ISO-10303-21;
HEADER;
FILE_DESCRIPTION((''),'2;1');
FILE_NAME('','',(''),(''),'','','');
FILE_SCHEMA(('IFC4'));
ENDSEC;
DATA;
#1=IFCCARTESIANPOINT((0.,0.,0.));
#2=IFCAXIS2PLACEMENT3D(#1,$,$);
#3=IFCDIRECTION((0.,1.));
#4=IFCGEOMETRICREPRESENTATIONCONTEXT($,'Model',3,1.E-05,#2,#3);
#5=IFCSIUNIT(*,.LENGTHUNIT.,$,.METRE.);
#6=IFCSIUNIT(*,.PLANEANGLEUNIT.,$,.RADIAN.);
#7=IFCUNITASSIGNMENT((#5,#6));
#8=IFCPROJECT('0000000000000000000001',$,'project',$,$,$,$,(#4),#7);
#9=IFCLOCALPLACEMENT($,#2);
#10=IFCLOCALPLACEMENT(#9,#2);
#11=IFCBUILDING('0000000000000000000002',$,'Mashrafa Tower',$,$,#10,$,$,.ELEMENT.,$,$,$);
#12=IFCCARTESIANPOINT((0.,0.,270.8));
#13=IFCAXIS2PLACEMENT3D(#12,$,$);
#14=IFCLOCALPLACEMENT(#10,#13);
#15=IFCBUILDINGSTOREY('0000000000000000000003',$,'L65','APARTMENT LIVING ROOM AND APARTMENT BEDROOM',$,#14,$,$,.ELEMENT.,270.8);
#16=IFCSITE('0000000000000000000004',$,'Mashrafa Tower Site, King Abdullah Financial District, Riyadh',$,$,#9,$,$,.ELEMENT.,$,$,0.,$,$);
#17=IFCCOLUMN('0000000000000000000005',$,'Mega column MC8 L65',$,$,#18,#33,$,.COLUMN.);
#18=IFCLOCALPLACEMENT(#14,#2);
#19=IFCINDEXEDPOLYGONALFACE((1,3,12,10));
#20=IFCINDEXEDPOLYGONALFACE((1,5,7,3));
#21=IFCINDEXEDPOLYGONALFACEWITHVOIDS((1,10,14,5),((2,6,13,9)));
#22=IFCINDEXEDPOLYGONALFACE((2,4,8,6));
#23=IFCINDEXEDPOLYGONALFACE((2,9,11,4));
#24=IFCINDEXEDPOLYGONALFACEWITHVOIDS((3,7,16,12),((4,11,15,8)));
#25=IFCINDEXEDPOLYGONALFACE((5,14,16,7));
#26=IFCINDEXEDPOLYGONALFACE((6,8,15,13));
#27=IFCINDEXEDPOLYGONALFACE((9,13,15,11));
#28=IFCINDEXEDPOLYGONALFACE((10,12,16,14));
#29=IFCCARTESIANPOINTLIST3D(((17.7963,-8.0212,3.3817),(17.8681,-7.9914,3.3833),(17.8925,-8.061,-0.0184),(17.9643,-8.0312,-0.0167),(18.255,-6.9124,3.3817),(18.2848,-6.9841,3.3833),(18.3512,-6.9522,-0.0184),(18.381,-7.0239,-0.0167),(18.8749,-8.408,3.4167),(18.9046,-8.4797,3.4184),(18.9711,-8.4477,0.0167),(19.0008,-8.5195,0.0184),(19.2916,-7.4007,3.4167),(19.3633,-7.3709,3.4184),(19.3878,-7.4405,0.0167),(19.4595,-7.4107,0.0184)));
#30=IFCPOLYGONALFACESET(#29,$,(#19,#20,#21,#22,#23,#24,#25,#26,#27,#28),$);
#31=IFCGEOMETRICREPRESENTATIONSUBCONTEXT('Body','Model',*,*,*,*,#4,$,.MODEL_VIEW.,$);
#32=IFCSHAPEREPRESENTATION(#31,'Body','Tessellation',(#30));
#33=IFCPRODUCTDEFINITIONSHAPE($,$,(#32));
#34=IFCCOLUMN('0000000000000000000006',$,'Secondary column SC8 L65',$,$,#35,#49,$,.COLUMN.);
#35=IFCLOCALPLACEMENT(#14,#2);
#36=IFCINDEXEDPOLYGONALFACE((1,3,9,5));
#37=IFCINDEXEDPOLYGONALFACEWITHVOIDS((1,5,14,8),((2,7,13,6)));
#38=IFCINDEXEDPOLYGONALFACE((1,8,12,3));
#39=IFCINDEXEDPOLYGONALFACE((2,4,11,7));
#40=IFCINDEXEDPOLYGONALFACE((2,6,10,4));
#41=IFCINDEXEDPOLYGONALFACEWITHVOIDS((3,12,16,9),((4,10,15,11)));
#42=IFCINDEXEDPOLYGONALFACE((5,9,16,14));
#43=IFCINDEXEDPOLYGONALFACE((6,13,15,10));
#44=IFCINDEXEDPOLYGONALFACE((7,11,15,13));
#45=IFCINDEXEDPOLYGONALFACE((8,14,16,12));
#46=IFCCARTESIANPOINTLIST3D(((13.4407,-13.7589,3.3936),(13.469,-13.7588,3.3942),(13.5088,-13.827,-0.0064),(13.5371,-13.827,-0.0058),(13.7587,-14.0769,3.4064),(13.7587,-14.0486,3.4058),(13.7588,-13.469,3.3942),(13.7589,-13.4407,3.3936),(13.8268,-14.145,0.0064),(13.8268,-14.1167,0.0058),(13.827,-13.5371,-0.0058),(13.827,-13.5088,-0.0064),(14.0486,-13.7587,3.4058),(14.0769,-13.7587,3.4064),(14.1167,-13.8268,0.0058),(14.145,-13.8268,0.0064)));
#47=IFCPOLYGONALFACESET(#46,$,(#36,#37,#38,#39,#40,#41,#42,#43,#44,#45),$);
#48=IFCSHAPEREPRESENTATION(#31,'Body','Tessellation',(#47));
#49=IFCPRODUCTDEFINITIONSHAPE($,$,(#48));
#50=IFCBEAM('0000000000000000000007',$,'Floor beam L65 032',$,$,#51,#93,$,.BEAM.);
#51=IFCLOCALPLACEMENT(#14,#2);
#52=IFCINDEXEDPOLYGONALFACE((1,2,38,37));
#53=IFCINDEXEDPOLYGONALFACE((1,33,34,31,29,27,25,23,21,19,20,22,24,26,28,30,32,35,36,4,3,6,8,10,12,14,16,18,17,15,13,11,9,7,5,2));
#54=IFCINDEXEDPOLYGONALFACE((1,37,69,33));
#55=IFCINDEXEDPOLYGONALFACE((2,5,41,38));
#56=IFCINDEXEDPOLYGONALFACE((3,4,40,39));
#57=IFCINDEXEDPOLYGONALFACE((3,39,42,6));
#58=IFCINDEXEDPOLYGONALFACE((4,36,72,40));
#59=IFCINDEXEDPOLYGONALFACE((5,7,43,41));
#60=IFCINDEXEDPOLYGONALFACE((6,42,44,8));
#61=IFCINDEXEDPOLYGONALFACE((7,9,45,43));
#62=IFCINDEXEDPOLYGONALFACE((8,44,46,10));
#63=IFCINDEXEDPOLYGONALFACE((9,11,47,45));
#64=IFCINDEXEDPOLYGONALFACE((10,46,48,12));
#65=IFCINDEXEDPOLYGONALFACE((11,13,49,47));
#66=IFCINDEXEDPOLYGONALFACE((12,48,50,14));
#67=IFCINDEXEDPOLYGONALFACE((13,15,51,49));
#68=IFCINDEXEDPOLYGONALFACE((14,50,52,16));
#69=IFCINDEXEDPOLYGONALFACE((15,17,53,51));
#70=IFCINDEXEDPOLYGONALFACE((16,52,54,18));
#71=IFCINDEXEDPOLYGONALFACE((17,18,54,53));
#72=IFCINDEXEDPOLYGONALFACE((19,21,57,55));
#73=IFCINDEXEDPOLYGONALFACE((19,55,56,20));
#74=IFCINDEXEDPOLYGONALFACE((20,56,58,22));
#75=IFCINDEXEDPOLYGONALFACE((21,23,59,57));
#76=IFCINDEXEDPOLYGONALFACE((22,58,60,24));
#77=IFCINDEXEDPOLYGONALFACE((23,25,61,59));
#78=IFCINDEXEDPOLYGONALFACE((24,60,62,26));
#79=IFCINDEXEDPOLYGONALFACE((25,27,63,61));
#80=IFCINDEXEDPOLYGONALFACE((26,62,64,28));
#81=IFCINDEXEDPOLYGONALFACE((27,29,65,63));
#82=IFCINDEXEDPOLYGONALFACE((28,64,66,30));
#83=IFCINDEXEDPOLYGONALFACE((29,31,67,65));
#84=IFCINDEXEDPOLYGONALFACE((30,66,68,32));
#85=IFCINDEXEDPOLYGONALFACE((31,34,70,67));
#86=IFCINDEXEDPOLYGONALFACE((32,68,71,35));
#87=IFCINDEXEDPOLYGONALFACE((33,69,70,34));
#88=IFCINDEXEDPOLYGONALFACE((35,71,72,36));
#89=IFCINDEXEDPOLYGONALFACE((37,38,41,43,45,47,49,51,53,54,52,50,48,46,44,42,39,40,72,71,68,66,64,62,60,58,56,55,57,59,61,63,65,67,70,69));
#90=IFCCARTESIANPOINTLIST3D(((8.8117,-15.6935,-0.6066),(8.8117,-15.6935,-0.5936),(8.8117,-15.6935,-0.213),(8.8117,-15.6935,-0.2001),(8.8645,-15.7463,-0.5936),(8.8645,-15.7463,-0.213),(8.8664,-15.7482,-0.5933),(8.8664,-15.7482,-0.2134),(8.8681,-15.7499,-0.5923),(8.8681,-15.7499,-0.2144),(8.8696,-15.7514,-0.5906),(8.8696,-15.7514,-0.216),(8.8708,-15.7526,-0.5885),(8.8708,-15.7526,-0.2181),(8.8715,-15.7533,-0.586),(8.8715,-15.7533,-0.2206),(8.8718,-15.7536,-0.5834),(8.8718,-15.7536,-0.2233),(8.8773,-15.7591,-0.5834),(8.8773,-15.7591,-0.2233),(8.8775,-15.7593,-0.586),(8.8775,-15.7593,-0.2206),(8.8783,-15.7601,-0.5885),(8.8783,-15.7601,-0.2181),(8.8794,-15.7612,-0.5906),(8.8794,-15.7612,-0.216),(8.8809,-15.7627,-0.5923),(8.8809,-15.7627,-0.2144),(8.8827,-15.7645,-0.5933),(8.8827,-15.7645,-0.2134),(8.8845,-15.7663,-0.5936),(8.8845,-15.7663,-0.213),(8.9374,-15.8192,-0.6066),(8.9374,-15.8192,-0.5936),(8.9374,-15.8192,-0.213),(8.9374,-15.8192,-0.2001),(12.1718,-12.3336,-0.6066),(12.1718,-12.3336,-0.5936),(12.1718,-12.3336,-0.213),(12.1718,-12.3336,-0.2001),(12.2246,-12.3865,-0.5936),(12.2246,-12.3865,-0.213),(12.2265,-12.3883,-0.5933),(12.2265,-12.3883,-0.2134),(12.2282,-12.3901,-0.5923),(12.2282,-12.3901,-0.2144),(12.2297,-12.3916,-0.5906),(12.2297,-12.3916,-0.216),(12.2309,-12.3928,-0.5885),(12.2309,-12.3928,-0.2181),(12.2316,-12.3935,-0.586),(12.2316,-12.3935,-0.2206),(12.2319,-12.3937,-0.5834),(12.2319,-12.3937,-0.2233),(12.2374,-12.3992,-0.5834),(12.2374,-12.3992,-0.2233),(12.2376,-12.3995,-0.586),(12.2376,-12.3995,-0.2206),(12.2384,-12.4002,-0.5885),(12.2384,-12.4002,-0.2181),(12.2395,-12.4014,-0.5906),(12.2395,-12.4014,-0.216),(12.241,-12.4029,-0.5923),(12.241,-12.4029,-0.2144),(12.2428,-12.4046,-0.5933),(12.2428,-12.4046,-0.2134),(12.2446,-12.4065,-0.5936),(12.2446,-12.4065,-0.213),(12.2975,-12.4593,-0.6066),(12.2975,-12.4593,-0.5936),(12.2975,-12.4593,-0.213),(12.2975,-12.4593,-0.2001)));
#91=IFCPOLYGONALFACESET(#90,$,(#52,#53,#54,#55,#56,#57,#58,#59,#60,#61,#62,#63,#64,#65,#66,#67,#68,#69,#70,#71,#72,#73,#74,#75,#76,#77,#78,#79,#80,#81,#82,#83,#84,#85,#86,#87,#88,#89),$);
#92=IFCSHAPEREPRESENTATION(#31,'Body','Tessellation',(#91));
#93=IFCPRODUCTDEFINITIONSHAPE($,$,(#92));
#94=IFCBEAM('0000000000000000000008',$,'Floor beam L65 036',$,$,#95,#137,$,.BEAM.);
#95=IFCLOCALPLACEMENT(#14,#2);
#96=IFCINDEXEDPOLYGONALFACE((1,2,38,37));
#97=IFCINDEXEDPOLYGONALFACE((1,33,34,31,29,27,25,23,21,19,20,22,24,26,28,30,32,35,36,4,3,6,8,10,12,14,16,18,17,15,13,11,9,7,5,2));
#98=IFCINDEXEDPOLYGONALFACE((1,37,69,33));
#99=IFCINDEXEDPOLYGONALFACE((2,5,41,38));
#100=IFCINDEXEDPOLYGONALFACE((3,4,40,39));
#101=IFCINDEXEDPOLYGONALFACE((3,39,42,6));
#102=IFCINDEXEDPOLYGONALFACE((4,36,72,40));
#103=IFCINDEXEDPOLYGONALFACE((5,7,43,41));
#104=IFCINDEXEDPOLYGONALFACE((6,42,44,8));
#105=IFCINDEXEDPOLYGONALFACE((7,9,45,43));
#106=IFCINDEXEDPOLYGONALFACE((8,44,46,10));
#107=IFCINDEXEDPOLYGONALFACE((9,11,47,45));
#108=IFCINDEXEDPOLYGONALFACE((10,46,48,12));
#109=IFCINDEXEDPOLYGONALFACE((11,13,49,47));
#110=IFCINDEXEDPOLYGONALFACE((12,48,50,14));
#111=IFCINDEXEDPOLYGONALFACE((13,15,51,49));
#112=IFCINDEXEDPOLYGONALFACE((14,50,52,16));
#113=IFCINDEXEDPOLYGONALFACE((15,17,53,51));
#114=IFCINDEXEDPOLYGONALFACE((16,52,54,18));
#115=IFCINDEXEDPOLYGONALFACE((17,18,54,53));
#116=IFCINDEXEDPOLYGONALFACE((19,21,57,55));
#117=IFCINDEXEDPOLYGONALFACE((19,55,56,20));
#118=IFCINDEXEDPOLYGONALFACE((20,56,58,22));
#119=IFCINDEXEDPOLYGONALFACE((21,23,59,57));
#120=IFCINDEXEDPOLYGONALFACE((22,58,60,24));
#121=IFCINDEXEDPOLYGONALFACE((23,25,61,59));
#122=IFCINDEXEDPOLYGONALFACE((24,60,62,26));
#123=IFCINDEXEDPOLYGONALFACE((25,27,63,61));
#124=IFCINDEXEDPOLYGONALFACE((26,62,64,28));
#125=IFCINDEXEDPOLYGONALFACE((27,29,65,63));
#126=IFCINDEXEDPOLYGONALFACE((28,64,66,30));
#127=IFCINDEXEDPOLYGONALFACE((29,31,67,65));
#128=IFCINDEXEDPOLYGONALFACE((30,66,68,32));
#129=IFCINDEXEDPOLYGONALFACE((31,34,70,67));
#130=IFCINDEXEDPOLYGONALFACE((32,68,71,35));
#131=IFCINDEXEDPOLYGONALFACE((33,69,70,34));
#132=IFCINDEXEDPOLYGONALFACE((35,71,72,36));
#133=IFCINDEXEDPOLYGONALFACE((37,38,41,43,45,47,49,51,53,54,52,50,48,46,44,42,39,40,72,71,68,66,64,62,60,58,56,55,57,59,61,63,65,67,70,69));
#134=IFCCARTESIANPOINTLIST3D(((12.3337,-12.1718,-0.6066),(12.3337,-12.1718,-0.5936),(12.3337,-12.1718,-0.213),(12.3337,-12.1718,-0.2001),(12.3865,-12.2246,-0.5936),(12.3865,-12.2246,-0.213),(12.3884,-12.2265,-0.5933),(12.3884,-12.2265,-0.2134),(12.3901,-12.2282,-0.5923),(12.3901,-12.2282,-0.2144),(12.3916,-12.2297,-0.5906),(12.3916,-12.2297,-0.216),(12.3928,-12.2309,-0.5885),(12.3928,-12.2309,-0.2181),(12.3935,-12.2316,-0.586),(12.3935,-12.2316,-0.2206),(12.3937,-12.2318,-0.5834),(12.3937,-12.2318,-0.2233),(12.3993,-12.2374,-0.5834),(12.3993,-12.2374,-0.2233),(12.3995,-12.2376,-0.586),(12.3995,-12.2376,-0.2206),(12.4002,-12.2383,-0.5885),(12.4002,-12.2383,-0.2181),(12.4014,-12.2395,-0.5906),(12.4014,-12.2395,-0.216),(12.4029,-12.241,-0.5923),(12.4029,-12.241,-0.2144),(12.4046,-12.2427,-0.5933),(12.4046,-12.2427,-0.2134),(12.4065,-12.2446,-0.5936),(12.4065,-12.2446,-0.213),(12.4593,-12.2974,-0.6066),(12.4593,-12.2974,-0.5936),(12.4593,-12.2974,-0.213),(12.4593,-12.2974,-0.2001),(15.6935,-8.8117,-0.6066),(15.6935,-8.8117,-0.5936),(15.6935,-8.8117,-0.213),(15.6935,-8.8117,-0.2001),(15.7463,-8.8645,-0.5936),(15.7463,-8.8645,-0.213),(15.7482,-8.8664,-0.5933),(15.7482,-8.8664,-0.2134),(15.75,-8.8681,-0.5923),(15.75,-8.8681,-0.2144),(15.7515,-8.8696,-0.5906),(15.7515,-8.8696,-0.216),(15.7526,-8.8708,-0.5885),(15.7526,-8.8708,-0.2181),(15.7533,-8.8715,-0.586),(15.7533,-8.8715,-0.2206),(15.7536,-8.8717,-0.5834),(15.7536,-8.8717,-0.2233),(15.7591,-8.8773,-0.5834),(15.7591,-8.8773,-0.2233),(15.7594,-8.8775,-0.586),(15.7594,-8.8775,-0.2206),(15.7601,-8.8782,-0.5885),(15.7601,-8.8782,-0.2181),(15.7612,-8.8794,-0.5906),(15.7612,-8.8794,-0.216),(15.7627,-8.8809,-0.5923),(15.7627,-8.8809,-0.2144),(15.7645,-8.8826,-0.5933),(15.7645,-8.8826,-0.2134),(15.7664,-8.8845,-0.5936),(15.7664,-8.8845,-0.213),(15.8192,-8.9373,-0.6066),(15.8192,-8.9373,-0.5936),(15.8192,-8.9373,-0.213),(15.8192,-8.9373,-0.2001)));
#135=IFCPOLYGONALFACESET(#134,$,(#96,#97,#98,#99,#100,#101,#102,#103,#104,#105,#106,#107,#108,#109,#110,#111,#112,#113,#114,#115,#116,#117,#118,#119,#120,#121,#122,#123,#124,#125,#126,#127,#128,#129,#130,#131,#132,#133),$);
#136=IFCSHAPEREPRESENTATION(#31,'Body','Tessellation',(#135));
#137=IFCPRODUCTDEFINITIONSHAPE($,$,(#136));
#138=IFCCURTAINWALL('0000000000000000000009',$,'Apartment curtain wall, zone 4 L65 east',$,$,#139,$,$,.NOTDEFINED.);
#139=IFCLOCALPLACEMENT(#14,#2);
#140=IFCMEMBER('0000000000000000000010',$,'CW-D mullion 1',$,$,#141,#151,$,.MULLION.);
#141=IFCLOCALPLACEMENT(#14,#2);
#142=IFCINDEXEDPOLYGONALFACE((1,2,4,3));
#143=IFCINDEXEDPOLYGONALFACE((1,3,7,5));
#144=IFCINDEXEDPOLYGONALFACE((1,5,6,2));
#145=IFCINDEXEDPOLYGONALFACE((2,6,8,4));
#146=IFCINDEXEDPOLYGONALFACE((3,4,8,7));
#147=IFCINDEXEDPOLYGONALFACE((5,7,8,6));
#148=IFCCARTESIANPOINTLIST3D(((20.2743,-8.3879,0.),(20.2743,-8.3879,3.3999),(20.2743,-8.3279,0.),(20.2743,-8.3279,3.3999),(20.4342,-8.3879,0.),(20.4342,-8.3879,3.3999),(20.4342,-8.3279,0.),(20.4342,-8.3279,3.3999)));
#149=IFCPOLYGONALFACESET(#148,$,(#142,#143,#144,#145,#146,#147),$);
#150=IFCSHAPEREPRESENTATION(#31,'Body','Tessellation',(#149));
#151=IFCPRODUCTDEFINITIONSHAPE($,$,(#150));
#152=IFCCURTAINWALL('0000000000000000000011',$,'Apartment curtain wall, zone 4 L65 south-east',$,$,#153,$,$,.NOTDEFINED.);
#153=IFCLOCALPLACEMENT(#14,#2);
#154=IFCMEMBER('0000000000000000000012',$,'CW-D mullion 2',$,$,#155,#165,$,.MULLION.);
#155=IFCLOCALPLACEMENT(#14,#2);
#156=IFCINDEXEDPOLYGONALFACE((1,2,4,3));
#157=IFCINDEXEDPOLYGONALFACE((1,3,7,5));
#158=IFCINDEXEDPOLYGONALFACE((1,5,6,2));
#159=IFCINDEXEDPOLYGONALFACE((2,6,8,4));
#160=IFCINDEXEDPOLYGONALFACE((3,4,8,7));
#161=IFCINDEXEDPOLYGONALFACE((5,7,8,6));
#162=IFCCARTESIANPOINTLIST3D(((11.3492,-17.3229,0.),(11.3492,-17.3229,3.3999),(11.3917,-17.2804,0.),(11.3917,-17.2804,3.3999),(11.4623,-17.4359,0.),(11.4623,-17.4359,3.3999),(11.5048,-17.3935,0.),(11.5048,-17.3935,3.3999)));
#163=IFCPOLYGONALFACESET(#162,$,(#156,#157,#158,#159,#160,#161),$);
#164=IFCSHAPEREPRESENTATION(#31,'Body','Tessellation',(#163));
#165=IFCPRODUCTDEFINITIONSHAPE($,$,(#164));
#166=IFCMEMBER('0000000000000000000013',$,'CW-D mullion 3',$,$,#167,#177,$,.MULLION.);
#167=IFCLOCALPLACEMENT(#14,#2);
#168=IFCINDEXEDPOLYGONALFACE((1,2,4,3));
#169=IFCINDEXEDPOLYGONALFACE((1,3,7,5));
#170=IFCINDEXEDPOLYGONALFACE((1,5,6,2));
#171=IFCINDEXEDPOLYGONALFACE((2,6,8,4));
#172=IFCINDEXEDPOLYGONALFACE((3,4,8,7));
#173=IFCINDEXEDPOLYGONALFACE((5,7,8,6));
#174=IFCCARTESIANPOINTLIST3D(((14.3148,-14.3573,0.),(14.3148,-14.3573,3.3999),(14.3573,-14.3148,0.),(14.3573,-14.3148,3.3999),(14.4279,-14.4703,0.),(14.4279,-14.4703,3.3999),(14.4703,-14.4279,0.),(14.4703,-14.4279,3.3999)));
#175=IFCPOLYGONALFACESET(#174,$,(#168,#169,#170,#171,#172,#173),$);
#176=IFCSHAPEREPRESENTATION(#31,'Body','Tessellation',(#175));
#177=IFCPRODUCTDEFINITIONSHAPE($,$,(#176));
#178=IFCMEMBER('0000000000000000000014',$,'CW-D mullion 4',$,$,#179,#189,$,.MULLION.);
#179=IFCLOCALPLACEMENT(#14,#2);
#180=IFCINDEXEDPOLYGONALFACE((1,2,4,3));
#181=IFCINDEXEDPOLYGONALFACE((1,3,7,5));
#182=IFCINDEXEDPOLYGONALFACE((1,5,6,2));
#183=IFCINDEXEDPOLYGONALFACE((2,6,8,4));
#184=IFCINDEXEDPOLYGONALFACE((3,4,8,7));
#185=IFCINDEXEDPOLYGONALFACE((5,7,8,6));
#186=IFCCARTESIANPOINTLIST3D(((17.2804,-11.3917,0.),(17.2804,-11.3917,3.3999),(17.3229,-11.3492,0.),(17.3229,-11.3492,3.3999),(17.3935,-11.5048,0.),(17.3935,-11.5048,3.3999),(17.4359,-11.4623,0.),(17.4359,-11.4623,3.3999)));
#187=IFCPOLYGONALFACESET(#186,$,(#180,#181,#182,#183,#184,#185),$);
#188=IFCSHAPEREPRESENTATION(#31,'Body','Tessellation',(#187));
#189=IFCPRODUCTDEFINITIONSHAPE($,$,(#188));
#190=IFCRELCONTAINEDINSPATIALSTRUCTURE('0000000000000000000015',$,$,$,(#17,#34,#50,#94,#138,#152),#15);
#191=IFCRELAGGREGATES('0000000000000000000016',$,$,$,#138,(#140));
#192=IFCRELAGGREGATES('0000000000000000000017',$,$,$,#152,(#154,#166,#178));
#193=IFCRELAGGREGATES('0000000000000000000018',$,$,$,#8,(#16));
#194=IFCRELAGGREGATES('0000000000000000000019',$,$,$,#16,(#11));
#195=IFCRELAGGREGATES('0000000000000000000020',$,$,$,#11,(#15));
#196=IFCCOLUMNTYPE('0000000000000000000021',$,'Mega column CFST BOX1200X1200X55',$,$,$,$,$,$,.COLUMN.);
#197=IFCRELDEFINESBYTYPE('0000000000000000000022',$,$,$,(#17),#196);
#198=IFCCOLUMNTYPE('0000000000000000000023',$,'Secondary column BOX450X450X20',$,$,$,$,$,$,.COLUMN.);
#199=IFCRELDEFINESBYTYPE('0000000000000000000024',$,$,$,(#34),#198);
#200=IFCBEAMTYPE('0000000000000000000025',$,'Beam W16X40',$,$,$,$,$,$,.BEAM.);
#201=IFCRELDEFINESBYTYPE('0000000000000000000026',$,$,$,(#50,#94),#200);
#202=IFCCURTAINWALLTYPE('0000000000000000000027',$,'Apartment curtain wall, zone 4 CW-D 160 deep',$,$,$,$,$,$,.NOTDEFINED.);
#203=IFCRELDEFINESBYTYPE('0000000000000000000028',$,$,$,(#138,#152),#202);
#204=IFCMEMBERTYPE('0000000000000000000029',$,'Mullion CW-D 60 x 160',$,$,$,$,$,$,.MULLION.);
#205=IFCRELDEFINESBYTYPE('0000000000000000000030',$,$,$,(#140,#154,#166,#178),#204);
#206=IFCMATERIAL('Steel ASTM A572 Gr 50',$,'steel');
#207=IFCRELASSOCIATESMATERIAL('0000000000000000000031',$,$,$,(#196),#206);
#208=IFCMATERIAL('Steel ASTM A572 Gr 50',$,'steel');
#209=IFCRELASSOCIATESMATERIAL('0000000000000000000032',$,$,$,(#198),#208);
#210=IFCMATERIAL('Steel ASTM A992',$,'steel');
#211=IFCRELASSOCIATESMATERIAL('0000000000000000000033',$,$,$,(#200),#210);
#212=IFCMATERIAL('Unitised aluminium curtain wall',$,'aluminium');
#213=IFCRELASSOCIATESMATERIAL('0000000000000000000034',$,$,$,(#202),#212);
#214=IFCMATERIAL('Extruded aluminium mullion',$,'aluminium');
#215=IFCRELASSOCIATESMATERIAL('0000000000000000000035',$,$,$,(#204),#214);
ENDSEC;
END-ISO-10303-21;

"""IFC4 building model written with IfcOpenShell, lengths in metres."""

from ifc_helpers import new_model, si_unit, direction, frame, origin, origin_2d, place, context, subcontext, project, spatial, rectangle, hollow_rectangle, i_section, extrude, source, transform, mapped, material, material_profile, profile_set, type_object, type_shapes, element, aggregate, save


model = new_model("IFC4")

# Units and contexts
model_context = context("Model", 3, precision=1e-05, world=origin(), true_north=direction((0.0, 1.0)))
body_context = subcontext(model_context, "Body", "Model", "MODEL_VIEW")
ifc_project = project(units=[si_unit("LENGTHUNIT", "METRE"), si_unit("PLANEANGLEUNIT", "RADIAN")], contexts=[model_context])

# Site, building, storey
site_placement = place(None, origin())
site = spatial("IfcSite", under=ifc_project, at=site_placement, Name="Mashrafa Tower Site, King Abdullah Financial District, Riyadh", CompositionType="ELEMENT", RefElevation=0.0)
building_placement = place(site_placement, origin())
building = spatial("IfcBuilding", under=site, at=building_placement, Name="Mashrafa Tower", CompositionType="ELEMENT")
storey_placement = place(building_placement, frame((0.0, 0.0, 270.8)))
storey = spatial("IfcBuildingStorey", under=building, at=storey_placement, Name="L65", Description="APARTMENT LIVING ROOM AND APARTMENT BEDROOM", CompositionType="ELEMENT", Elevation=270.8)

# Columns
ifc_material_1 = material(Name="Steel ASTM A572 Gr 50", Category="steel")
ifc_material_profile_1 = material_profile(ifc_material_1, hollow_rectangle(XDim=1.2, YDim=1.2, WallThickness=0.0549, at=origin_2d()), Name="BOX1200X1200X55")
ifc_profile_set_1 = profile_set([ifc_material_profile_1], Name="Steel ASTM A572 Gr 50")
column_type_1 = type_object("IfcColumnType", Name="Mega column CFST BOX1200X1200X55", PredefinedType="COLUMN", material=ifc_profile_set_1)
column_1_placement = place(storey_placement, frame((18.676, -7.7358, 0.0), z_axis=(-0.028279, 0.011699, 0.999532), x_axis=(-0.382283, -0.924045, 0.0)))
element("IfcColumn", 1, at=column_1_placement, inside=storey, type_object=column_type_1, Name="Mega column MC8 L65", PredefinedType="COLUMN", context=body_context, shape_type="SweptSolid", body=[
    extrude(hollow_rectangle(XDim=1.2, YDim=1.2, WallThickness=0.0549, at=origin_2d()), origin(), (0.0, 0.0, 1.0), 3.4016),
])
ifc_material_2 = material(Name="Steel ASTM A572 Gr 50", Category="steel")
ifc_material_profile_2 = material_profile(ifc_material_2, hollow_rectangle(XDim=0.45, YDim=0.45, WallThickness=0.02, at=origin_2d()), Name="BOX450X450X20")
ifc_profile_set_2 = profile_set([ifc_material_profile_2], Name="Steel ASTM A572 Gr 50")
column_type_2 = type_object("IfcColumnType", Name="Secondary column BOX450X450X20", PredefinedType="COLUMN", material=ifc_profile_set_2)
column_2_placement = place(storey_placement, frame((13.8269, -13.8269, 0.0), z_axis=(-0.020026, 0.020026, 0.999599), x_axis=(-0.707107, -0.707107, 0.0)))
element("IfcColumn", 2, at=column_2_placement, inside=storey, type_object=column_type_2, Name="Secondary column SC8 L65", PredefinedType="COLUMN", context=body_context, shape_type="SweptSolid", body=[
    extrude(hollow_rectangle(XDim=0.45, YDim=0.45, WallThickness=0.02, at=origin_2d()), origin(), (0.0, 0.0, 1.0), 3.4014),
])

# Beams
ifc_material_3 = material(Name="Steel ASTM A992", Category="steel")
ifc_material_profile_3 = material_profile(ifc_material_3, i_section(OverallWidth=0.1777, OverallDepth=0.4065, WebThickness=0.0078, FlangeThickness=0.0129, FilletRadius=0.0103, at=origin_2d()), Name="W16X40")
ifc_profile_set_3 = profile_set([ifc_material_profile_3], Name="Steel ASTM A992")
beam_type = type_object("IfcBeamType", Name="Beam W16X40", PredefinedType="BEAM", material=ifc_profile_set_3)
for number, where, z_axis, x_axis, name in (
    (3, (12.2346, -12.3965, -0.4033), (-0.707132, -0.707081, 0.0), (0.707081, -0.707132, 0.0), "Floor beam L65 032"),
    (4, (15.7563, -8.8745, -0.4033), (-0.707081, -0.707132, 0.0), (0.707132, -0.707081, 0.0), "Floor beam L65 036"),
):
    element("IfcBeam", number, at=place(storey_placement, frame(where, z_axis=z_axis, x_axis=x_axis)), inside=storey, type_object=beam_type, Name=name, PredefinedType="BEAM", context=body_context, shape_type="SweptSolid", body=[
        extrude(i_section(OverallWidth=0.1777, OverallDepth=0.4065, WebThickness=0.0078, FlangeThickness=0.0129, FilletRadius=0.0103, at=origin_2d()), origin(), (0.0, 0.0, 1.0), 4.7517),
    ])

# Curtain wall, member
ifc_material_4 = material(Name="Unitised aluminium curtain wall", Category="aluminium")
curtain_wall_type = type_object("IfcCurtainWallType", Name="Apartment curtain wall, zone 4 CW-D 160 deep", PredefinedType="NOTDEFINED", material=ifc_material_4)
curtain_wall_1_placement = place(storey_placement, origin())
curtain_wall_1 = element("IfcCurtainWall", 5, at=curtain_wall_1_placement, inside=storey, type_object=curtain_wall_type, Name="Apartment curtain wall, zone 4 L65 east", PredefinedType="NOTDEFINED")
ifc_material_5 = material(Name="Extruded aluminium mullion", Category="aluminium")
ifc_material_profile_4 = material_profile(ifc_material_5, rectangle(XDim=0.1599, YDim=0.0601, at=origin_2d()), Name="Mullion 60x160")
ifc_profile_set_4 = profile_set([ifc_material_profile_4], Name="Extruded aluminium mullion")
member_type_1 = type_object("IfcMemberType", Name="Mullion CW-D 60 x 160", PredefinedType="MULLION", material=ifc_profile_set_4)
shared_shape_1 = source(origin(), body_context, "Body", "SweptSolid", [
    extrude(rectangle(XDim=0.1599, YDim=0.0601, at=origin_2d()), origin(), (0.0, 0.0, 1.0), 3.3999),
])
type_shapes(member_type_1, [shared_shape_1])
member_1_placement = place(storey_placement, frame((20.3542, -8.3579, 0.0), z_axis=(0.0, 0.0, 1.0), x_axis=(-1.0, 0.0, 0.0)))
member_1 = element("IfcMember", 6, at=member_1_placement, type_object=member_type_1, Name="CW-D mullion 1", PredefinedType="MULLION", context=body_context, shape_type="MappedRepresentation", body=[
    mapped(shared_shape_1, transform((0.0, 0.0, 0.0))),
])

# Curtain wall, members
curtain_wall_2_placement = place(storey_placement, origin())
curtain_wall_2 = element("IfcCurtainWall", 7, at=curtain_wall_2_placement, inside=storey, type_object=curtain_wall_type, Name="Apartment curtain wall, zone 4 L65 south-east", PredefinedType="NOTDEFINED")
member_2_placement = place(storey_placement, frame((11.427, -17.3582, 0.0), z_axis=(0.0, 0.0, 1.0), x_axis=(-0.707107, 0.707107, 0.0)))
member_2 = element("IfcMember", 8, at=member_2_placement, type_object=member_type_1, Name="CW-D mullion 2", PredefinedType="MULLION", context=body_context, shape_type="MappedRepresentation", body=[
    mapped(shared_shape_1, transform((0.0, 0.0, 0.0))),
])
member_3_placement = place(storey_placement, frame((14.3926, -14.3926, 0.0), z_axis=(0.0, 0.0, 1.0), x_axis=(-0.707107, 0.707107, 0.0)))
member_3 = element("IfcMember", 9, at=member_3_placement, type_object=member_type_1, Name="CW-D mullion 3", PredefinedType="MULLION", context=body_context, shape_type="MappedRepresentation", body=[
    mapped(shared_shape_1, transform((0.0, 0.0, 0.0))),
])
member_4_placement = place(storey_placement, frame((17.3582, -11.427, 0.0), z_axis=(0.0, 0.0, 1.0), x_axis=(-0.707107, 0.707107, 0.0)))
member_4 = element("IfcMember", 10, at=member_4_placement, type_object=member_type_1, Name="CW-D mullion 4", PredefinedType="MULLION", context=body_context, shape_type="MappedRepresentation", body=[
    mapped(shared_shape_1, transform((0.0, 0.0, 0.0))),
])

aggregate(curtain_wall_1, [member_1])

aggregate(curtain_wall_2, [member_2, member_3, member_4])

save(model, "model.ifc")
